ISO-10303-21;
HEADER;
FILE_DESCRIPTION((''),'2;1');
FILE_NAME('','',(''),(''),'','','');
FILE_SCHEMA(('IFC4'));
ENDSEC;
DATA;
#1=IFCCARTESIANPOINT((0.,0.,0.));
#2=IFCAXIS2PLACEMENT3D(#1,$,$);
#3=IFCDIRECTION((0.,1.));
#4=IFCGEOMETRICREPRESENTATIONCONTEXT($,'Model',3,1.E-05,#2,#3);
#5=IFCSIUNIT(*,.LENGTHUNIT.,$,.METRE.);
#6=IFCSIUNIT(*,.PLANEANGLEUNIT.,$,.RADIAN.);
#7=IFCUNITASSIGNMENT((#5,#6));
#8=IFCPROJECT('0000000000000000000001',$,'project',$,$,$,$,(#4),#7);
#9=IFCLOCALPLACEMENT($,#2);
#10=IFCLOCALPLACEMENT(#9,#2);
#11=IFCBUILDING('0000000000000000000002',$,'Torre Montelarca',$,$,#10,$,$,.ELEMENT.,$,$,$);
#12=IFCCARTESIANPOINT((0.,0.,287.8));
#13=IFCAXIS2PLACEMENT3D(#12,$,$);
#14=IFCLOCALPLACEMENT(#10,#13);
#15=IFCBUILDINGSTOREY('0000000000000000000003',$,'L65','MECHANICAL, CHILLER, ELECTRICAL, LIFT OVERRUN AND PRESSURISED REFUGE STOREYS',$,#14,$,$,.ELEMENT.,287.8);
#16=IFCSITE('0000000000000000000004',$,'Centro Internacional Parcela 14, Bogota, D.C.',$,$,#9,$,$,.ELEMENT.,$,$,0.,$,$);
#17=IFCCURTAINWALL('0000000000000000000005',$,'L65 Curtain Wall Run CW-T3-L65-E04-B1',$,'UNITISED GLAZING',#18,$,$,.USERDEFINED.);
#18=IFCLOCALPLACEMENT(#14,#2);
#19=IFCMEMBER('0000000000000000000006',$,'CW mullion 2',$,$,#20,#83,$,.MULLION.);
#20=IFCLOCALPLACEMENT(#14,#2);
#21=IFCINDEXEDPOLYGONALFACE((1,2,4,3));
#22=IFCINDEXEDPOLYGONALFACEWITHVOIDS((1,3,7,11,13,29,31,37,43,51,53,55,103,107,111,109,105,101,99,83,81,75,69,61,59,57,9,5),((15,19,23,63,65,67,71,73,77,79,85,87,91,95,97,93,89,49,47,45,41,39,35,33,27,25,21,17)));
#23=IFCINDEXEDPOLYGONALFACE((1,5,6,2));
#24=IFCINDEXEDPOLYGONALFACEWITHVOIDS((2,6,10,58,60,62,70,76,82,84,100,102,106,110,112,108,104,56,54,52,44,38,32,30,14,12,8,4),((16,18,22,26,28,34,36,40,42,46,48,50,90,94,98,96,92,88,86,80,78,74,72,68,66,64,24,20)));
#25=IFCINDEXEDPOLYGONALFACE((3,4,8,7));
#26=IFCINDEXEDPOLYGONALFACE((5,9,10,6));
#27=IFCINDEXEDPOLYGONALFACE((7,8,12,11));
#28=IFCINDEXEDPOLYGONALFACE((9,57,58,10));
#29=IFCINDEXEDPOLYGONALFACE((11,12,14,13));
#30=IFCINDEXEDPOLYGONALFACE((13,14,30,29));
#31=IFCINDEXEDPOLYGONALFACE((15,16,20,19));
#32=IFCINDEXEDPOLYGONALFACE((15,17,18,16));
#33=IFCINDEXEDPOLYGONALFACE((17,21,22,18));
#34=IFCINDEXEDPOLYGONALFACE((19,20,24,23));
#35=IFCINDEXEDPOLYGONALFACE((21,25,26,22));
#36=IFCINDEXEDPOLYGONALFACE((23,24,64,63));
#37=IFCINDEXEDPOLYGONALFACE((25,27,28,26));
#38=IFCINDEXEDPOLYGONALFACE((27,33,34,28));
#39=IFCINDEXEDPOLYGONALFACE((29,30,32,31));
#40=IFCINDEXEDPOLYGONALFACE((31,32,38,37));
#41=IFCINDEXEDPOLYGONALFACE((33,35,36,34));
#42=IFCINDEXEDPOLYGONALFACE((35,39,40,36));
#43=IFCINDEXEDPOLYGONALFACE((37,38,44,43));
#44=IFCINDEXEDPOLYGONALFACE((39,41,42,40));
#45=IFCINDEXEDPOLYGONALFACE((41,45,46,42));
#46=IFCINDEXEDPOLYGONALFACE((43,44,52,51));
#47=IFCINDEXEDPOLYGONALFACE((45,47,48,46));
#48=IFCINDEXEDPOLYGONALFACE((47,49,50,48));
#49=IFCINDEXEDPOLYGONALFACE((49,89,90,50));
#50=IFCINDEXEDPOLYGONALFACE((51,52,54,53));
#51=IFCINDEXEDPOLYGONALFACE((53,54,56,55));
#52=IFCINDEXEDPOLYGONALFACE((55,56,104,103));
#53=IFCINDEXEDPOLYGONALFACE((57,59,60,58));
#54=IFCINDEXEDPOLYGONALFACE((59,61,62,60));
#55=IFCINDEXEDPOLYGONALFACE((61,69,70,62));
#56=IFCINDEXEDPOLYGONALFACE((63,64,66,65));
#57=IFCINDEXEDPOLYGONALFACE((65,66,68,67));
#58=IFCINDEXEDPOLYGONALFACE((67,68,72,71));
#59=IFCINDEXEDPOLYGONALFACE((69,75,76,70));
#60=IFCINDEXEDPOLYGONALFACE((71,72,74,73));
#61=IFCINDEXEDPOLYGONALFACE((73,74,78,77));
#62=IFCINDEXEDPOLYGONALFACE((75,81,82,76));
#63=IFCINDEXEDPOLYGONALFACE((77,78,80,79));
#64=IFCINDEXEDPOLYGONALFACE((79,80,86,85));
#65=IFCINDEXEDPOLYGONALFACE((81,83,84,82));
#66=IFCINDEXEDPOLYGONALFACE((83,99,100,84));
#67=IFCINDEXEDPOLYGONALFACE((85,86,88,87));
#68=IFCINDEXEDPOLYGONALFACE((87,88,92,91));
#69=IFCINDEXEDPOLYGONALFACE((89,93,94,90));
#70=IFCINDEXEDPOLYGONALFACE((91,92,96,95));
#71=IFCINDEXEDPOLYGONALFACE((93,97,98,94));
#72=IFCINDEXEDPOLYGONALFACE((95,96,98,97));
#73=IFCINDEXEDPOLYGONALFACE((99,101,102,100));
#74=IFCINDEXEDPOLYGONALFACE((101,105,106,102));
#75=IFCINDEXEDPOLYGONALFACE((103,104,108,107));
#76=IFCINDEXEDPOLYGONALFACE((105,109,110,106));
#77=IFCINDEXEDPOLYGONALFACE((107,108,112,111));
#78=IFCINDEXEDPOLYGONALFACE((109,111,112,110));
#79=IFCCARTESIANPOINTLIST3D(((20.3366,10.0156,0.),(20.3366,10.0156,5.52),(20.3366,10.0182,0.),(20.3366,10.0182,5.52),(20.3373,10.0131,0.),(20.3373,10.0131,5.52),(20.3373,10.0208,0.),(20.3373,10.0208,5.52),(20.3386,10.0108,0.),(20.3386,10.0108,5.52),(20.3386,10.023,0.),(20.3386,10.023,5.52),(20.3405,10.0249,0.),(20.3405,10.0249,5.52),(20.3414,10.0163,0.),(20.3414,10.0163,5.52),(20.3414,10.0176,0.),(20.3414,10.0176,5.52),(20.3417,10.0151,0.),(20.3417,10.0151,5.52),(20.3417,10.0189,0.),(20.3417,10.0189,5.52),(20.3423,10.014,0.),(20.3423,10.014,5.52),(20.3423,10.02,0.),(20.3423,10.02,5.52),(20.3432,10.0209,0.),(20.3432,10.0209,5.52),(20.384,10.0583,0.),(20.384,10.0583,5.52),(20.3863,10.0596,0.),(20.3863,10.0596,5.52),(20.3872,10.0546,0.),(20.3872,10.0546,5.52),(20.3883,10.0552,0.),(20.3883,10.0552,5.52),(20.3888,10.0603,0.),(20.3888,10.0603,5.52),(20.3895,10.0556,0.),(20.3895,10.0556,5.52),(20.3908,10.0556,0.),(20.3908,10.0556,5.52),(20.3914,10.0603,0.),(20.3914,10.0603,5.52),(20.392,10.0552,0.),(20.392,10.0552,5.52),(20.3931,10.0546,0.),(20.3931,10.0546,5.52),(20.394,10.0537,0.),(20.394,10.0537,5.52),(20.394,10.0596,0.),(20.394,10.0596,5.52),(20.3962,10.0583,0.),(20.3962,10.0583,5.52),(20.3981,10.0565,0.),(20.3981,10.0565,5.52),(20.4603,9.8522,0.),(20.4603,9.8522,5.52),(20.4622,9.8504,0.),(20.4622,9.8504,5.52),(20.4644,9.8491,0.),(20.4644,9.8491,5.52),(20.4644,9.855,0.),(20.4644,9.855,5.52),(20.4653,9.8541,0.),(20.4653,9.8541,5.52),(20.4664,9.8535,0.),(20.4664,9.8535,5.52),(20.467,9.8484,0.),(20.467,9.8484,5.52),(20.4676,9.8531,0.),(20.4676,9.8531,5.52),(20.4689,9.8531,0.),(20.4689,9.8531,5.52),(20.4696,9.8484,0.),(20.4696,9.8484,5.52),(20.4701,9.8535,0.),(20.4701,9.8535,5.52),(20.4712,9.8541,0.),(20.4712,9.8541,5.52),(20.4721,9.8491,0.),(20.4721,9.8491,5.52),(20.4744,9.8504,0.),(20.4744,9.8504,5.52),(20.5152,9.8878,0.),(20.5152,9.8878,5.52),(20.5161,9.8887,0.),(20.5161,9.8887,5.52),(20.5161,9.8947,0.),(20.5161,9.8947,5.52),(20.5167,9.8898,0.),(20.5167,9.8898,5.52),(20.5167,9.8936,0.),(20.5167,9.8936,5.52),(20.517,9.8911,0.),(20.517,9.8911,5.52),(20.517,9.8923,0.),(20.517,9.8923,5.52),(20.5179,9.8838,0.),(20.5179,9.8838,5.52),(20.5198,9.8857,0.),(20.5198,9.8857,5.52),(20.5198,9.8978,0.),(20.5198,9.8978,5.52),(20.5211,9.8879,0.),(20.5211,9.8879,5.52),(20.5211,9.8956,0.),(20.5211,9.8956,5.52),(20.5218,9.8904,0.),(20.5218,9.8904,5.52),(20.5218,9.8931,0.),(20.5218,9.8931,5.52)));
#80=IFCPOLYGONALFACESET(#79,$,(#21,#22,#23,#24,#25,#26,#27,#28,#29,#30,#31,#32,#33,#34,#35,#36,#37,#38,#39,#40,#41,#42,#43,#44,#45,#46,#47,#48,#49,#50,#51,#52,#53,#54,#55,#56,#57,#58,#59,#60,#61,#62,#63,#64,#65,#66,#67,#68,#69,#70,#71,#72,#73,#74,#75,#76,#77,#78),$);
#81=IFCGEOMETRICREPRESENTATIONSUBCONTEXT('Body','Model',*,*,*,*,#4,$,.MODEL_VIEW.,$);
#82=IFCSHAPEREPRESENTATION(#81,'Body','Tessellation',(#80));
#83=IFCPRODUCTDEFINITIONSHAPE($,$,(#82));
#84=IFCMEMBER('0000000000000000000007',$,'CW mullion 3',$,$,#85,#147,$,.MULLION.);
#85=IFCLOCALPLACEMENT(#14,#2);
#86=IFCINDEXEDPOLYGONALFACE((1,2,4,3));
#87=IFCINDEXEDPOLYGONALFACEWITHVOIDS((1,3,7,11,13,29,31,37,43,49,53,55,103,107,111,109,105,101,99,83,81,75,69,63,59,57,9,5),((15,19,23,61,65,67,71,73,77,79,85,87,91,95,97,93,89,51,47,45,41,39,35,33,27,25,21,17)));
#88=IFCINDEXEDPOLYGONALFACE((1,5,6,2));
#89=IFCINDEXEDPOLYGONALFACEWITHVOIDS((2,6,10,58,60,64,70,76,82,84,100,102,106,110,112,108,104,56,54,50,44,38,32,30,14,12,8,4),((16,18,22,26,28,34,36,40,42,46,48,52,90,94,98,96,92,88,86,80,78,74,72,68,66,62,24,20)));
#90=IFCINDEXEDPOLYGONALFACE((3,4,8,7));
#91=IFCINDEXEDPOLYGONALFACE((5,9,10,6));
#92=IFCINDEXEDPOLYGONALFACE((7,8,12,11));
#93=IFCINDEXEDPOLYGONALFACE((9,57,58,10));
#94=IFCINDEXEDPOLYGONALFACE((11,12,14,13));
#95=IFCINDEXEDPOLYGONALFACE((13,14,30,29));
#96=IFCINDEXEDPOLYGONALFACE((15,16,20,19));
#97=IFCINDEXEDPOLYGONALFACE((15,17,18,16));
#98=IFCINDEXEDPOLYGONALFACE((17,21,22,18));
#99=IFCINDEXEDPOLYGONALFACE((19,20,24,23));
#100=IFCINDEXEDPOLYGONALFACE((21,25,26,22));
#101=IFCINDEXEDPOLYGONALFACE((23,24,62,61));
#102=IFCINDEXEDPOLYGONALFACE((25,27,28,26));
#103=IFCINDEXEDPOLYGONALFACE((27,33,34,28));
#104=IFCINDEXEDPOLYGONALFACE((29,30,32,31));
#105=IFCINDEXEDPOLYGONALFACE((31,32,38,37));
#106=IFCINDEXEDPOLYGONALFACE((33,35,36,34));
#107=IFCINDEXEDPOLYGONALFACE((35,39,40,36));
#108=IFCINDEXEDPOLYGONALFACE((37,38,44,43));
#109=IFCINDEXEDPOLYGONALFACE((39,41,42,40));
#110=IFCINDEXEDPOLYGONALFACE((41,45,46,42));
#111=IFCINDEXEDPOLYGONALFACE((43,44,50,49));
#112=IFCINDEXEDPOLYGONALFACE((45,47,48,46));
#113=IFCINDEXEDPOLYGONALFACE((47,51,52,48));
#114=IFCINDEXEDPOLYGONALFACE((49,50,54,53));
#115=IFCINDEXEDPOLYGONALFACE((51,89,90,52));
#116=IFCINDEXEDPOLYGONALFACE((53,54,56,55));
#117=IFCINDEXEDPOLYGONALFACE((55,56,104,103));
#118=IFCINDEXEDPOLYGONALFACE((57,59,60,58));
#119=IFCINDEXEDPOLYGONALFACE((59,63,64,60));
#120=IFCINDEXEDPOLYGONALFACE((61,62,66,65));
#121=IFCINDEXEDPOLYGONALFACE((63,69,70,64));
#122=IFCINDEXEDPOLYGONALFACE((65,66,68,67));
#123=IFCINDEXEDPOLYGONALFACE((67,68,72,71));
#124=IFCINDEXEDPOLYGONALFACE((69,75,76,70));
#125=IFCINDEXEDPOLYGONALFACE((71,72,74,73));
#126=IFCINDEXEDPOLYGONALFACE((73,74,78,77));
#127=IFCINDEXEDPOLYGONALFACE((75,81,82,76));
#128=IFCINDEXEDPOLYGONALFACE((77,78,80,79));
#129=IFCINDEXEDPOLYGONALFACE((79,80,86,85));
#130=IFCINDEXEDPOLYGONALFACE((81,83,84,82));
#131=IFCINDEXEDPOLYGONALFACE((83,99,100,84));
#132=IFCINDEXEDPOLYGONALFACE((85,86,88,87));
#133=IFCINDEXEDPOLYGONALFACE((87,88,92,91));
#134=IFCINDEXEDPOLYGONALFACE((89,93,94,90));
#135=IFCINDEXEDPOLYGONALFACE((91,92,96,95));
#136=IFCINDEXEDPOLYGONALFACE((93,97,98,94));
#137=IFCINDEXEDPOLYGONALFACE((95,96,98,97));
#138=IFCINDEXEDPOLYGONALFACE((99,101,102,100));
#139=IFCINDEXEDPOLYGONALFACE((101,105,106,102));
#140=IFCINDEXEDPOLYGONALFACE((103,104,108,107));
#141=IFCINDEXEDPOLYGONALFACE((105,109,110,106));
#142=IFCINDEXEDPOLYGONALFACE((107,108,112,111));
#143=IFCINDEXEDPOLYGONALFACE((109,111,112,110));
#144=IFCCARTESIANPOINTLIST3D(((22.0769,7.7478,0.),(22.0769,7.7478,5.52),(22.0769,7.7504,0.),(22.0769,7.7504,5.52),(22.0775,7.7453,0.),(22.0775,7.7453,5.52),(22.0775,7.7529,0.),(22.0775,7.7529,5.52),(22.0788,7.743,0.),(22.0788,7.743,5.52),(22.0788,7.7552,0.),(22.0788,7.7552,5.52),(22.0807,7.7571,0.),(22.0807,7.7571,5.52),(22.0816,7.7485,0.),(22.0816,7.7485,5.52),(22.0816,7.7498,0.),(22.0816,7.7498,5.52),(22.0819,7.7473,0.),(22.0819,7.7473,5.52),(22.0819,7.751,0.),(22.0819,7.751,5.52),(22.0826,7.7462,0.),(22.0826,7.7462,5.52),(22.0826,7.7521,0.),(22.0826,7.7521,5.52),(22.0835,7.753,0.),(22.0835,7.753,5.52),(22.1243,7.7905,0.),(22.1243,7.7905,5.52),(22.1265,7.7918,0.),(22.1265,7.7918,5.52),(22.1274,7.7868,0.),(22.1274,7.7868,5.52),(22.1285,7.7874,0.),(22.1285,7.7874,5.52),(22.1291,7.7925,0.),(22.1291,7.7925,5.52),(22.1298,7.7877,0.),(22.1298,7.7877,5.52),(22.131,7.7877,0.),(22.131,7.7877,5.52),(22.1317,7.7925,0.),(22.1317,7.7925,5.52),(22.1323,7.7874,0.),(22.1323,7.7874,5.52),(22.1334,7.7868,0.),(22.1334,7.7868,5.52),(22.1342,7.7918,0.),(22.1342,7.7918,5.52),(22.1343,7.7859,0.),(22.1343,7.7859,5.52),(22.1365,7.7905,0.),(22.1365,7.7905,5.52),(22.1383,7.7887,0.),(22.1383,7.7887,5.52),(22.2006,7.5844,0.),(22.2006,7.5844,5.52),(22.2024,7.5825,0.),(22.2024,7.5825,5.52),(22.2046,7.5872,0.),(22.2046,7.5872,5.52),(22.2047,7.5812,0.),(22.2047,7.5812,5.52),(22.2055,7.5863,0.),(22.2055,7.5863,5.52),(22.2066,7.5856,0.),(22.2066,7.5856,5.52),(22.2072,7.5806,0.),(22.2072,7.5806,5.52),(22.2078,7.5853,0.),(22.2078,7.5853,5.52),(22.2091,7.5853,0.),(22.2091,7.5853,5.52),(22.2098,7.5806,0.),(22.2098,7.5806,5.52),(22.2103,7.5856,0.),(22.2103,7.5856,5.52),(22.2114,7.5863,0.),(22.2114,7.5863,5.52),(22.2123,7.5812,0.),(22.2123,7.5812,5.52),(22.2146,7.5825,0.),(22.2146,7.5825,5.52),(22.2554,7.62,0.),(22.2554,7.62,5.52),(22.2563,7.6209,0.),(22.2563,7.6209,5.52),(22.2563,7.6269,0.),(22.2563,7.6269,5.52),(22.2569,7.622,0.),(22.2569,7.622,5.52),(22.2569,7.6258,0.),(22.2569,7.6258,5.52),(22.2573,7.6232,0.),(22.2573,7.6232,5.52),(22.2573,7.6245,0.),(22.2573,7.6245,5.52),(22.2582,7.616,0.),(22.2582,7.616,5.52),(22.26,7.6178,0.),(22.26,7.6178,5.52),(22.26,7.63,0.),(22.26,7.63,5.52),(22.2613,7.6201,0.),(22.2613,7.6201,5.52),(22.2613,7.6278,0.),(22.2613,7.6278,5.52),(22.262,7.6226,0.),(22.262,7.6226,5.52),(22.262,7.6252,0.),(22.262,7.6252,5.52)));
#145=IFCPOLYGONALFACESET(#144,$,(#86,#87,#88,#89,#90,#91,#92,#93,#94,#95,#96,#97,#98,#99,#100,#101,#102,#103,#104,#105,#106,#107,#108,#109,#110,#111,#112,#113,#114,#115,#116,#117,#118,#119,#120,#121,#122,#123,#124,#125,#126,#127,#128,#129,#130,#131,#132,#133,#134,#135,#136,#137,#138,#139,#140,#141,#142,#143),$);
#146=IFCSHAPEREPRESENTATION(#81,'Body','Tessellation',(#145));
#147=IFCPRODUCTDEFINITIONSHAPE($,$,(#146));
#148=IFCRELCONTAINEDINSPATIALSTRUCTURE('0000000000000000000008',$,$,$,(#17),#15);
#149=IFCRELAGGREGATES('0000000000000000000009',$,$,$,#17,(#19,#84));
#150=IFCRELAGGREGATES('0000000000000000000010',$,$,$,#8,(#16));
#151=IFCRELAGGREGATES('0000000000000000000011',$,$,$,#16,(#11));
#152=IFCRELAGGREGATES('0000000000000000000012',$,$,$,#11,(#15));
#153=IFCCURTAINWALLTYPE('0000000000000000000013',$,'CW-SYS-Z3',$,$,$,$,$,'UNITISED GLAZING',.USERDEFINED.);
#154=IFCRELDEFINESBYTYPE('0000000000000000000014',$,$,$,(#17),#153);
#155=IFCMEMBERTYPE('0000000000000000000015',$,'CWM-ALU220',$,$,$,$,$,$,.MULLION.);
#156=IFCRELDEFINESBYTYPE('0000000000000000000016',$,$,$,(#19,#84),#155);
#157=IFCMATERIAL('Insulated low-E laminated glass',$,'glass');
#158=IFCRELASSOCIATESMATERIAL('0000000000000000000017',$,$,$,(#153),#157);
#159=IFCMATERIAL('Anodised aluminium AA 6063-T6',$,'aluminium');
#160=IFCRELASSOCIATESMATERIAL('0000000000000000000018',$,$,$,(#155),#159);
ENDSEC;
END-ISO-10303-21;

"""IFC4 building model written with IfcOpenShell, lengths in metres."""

from ifc_helpers import new_model, si_unit, direction, frame, origin, origin_2d, place, context, subcontext, project, spatial, hollow_rectangle, extrude, source, transform, mapped, material, material_profile, profile_set, type_object, element, aggregate, save


model = new_model("IFC4")

# Units and contexts
model_context = context("Model", 3, precision=1e-05, world=origin(), true_north=direction((0.0, 1.0)))
body_context = subcontext(model_context, "Body", "Model", "MODEL_VIEW")
ifc_project = project(units=[si_unit("LENGTHUNIT", "METRE"), si_unit("PLANEANGLEUNIT", "RADIAN")], contexts=[model_context])

# Site, building, storey
site_placement = place(None, origin())
site = spatial("IfcSite", under=ifc_project, at=site_placement, Name="Centro Internacional Parcela 14, Bogota, D.C.", CompositionType="ELEMENT", RefElevation=0.0)
building_placement = place(site_placement, origin())
building = spatial("IfcBuilding", under=site, at=building_placement, Name="Torre Montelarca", CompositionType="ELEMENT")
storey_placement = place(building_placement, frame((0.0, 0.0, 287.8)))
storey = spatial("IfcBuildingStorey", under=building, at=storey_placement, Name="L65", Description="MECHANICAL, CHILLER, ELECTRICAL, LIFT OVERRUN AND PRESSURISED REFUGE STOREYS", CompositionType="ELEMENT", Elevation=287.8)

# Curtain wall
ifc_material_1 = material(Name="Insulated low-E laminated glass", Category="glass")
curtain_wall_type = type_object("IfcCurtainWallType", Name="CW-SYS-Z3", ElementType="UNITISED GLAZING", PredefinedType="USERDEFINED", material=ifc_material_1)
ifc_material_2 = material(Name="Anodised aluminium AA 6063-T6", Category="aluminium")
curtain_wall_1_placement = place(storey_placement, origin())
curtain_wall_1 = element("IfcCurtainWall", 1, at=curtain_wall_1_placement, inside=storey, type_object=curtain_wall_type, Name="L65 Curtain Wall Run CW-T3-L65-E04-B1", ObjectType="UNITISED GLAZING", PredefinedType="USERDEFINED")

# Members
ifc_material_profile_1 = material_profile(ifc_material_2, hollow_rectangle(XDim=0.075, YDim=0.22, WallThickness=0.0049, InnerFilletRadius=0.0049, OuterFilletRadius=0.01, at=origin_2d()), Name="ALU75X220X5", Category="aluminium")
ifc_profile_set_1 = profile_set([ifc_material_profile_1], Name="Anodised aluminium AA 6063-T6")
member_type_1 = type_object("IfcMemberType", Name="CWM-ALU220", PredefinedType="MULLION", material=ifc_profile_set_1)
shared_shape_1 = source(origin(), body_context, "Body", "SweptSolid", [
    extrude(hollow_rectangle(XDim=0.075, YDim=0.22, WallThickness=0.0049, InnerFilletRadius=0.0049, OuterFilletRadius=0.01, at=origin_2d()), origin(), (0.0, 0.0, 1.0), 5.52),
])
member_1_placement = place(storey_placement, frame((20.4292, 9.9543, 0.0), z_axis=(0.0, 0.0, 1.0), x_axis=(0.793353, 0.608762, 0.0)))
member_1 = element("IfcMember", 2, at=member_1_placement, type_object=member_type_1, Name="CW mullion 2", PredefinedType="MULLION", context=body_context, shape_type="MappedRepresentation", body=[
    mapped(shared_shape_1, transform((0.0, 0.0, 0.0), scale=1.0)),
])
member_2_placement = place(storey_placement, frame((22.1694, 7.6865, 0.0), z_axis=(0.0, 0.0, 1.0), x_axis=(0.793353, 0.608762, 0.0)))
member_2 = element("IfcMember", 3, at=member_2_placement, type_object=member_type_1, Name="CW mullion 3", PredefinedType="MULLION", context=body_context, shape_type="MappedRepresentation", body=[
    mapped(shared_shape_1, transform((0.0, 0.0, 0.0), scale=1.0)),
])

aggregate(curtain_wall_1, [member_1, member_2])

save(model, "model.ifc")
